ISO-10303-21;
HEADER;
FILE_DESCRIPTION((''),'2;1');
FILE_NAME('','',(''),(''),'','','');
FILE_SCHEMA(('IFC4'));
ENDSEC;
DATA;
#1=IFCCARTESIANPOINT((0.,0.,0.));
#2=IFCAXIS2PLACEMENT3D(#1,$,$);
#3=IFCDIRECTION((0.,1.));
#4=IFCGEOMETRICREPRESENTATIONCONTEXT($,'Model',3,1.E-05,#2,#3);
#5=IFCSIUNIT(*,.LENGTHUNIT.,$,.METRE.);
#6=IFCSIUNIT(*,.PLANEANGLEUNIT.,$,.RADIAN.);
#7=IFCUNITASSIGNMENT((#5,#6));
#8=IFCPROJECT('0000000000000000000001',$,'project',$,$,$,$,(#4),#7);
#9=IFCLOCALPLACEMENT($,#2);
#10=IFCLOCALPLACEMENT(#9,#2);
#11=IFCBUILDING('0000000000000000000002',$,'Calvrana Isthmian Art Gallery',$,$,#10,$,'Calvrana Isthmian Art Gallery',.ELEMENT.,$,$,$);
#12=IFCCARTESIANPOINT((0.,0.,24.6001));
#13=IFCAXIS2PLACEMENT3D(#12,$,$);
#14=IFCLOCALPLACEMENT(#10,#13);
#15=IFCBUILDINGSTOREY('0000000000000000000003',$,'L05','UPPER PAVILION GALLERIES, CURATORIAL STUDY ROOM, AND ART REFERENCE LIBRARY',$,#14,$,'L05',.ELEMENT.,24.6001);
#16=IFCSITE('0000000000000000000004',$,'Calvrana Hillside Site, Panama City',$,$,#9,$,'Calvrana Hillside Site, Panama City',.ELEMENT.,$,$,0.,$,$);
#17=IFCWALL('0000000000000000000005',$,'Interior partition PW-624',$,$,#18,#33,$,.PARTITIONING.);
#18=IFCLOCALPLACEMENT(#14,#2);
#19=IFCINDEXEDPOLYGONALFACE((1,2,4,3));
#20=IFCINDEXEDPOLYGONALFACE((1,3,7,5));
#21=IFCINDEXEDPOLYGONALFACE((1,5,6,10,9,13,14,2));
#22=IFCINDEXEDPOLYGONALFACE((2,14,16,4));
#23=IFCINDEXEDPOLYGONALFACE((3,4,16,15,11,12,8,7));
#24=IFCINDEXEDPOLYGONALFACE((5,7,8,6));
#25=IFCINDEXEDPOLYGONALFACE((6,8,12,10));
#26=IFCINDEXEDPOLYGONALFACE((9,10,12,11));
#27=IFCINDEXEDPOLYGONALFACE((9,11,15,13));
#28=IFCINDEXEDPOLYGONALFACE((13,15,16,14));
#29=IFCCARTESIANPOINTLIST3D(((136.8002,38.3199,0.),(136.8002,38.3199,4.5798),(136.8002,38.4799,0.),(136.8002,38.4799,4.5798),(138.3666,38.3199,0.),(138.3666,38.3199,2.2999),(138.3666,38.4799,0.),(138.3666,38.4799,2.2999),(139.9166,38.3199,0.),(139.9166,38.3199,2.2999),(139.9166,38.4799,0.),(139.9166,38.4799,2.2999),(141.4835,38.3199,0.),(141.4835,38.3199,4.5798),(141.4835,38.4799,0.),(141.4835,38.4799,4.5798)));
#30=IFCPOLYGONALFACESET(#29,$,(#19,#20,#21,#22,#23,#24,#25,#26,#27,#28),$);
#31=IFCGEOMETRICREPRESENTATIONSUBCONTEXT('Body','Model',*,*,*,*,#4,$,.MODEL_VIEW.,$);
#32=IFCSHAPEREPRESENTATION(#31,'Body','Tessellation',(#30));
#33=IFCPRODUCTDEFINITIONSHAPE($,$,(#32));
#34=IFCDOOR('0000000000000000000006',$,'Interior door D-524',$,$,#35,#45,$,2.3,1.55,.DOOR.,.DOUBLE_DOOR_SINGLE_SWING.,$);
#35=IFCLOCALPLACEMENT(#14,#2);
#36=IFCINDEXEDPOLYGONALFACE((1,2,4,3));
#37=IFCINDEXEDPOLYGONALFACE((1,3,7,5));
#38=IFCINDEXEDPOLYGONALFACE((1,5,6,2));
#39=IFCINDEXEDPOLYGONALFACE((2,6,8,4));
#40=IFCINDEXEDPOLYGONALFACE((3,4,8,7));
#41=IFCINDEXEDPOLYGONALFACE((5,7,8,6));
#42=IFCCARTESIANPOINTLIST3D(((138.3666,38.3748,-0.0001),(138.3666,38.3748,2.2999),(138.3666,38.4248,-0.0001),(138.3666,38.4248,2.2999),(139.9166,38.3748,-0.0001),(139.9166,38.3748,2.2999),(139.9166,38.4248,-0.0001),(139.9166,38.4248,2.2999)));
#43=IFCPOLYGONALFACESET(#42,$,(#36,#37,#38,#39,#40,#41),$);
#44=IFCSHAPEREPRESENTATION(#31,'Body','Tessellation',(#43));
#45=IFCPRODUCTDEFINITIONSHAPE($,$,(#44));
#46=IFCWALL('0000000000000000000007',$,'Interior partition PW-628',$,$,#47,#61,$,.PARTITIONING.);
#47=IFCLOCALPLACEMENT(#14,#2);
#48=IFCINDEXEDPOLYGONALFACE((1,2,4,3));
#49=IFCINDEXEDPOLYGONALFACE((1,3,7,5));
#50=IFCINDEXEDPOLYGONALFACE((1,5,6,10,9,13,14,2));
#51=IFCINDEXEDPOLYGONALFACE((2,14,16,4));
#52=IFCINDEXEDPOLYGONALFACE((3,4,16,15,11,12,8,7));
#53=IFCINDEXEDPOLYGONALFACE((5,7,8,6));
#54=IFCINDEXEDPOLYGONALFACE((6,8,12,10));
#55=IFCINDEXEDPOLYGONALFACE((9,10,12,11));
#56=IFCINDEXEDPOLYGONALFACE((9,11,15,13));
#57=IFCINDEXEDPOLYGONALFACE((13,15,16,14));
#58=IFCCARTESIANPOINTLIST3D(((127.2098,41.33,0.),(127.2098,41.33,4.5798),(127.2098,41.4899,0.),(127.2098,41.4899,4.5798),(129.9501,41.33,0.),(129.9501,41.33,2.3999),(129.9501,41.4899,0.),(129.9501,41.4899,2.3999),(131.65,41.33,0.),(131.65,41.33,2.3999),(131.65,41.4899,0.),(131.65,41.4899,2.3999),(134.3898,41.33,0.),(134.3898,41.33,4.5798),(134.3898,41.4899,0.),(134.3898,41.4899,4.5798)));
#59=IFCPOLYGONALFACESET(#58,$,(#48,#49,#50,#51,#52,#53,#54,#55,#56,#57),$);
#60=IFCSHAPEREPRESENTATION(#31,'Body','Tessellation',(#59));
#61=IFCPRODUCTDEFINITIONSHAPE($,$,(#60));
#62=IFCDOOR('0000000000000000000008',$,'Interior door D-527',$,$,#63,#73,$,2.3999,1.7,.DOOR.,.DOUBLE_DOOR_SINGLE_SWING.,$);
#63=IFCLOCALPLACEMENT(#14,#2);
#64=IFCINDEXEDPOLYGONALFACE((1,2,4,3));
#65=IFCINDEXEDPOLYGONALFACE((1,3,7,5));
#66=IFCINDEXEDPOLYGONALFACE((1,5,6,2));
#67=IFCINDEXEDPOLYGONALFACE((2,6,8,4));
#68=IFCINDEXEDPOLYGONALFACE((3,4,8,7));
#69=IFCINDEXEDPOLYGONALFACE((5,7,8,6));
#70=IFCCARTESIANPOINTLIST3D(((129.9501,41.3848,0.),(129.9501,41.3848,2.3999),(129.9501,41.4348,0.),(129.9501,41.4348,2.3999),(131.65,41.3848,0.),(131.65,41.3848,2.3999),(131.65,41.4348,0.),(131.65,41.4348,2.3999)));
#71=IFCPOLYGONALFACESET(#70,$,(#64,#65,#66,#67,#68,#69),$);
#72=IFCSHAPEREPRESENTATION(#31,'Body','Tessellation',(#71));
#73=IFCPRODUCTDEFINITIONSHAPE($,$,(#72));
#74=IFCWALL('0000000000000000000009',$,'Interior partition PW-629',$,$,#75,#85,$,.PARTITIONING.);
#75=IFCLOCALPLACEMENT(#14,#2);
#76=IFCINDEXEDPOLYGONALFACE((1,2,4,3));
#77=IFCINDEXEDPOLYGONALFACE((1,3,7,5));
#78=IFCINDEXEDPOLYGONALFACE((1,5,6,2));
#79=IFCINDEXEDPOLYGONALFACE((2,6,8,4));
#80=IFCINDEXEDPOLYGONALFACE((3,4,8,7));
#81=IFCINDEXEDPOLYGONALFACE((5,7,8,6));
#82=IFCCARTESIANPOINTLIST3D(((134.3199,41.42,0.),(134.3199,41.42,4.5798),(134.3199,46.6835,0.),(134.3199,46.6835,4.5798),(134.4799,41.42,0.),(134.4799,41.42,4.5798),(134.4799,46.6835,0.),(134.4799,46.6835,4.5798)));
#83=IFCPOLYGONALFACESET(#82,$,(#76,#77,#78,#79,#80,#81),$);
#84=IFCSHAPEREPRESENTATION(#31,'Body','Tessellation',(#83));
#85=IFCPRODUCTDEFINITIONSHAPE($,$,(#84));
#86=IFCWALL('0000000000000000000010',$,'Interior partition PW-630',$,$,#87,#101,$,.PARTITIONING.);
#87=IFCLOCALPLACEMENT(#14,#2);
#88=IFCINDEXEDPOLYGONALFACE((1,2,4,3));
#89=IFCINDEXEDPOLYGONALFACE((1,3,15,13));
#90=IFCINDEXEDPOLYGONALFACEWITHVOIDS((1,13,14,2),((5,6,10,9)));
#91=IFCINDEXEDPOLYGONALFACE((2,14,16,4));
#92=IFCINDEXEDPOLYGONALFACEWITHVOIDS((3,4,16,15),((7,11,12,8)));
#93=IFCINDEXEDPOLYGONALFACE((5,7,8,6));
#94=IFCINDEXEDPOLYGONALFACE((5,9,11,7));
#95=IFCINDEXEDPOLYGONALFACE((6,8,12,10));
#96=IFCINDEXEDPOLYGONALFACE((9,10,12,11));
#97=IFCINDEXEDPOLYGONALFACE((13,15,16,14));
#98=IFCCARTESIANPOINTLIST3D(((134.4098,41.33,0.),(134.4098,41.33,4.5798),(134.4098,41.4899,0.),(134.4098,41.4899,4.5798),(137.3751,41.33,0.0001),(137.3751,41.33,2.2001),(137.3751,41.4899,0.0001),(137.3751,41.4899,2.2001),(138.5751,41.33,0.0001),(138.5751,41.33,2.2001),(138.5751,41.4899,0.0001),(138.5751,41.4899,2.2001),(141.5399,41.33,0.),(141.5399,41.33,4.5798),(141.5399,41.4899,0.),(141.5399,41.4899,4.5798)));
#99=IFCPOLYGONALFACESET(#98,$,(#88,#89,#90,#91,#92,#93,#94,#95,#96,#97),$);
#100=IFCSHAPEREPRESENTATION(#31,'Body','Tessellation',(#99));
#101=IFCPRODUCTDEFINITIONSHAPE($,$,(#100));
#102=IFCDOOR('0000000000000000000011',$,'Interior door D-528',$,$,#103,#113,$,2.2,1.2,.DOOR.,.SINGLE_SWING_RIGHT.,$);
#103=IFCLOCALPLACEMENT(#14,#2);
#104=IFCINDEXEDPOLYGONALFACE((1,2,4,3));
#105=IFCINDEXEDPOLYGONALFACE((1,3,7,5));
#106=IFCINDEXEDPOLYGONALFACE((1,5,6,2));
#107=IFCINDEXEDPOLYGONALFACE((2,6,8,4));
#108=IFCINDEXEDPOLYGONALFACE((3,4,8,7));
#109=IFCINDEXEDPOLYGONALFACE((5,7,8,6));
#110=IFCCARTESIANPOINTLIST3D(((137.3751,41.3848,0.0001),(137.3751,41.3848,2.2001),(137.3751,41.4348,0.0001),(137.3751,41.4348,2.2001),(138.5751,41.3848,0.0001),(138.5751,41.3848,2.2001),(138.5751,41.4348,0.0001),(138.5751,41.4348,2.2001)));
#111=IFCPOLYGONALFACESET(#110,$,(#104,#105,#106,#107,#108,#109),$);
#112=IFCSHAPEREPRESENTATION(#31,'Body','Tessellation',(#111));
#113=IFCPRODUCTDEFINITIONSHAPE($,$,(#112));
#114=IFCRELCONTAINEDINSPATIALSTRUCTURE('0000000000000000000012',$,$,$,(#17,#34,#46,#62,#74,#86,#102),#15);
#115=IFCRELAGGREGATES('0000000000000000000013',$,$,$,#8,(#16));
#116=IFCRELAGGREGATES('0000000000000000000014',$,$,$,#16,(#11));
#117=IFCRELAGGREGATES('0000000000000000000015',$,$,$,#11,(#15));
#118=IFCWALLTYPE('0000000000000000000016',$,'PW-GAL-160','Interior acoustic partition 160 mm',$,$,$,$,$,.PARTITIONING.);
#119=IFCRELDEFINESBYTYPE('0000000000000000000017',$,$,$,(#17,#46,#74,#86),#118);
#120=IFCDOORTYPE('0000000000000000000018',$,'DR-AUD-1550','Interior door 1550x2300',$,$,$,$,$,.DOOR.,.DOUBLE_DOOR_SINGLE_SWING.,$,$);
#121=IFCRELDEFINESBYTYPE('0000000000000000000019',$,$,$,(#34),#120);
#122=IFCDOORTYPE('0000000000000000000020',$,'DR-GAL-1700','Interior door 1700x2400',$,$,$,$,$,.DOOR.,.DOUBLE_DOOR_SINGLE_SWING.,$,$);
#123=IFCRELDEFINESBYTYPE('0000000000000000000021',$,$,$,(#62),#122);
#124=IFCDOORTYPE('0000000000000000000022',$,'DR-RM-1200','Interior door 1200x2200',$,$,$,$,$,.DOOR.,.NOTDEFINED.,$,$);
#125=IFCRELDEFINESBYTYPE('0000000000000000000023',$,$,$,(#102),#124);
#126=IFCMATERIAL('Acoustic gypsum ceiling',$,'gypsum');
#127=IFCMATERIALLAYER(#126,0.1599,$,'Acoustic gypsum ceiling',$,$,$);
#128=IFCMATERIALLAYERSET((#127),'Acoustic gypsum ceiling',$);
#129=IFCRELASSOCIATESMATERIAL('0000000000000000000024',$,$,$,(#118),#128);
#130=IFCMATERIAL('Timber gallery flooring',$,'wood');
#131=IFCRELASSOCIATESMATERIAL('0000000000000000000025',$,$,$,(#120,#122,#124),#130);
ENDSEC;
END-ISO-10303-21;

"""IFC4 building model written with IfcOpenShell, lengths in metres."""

from ifc_helpers import new_model, si_unit, direction, frame, frame_2d, origin, place, context, subcontext, project, spatial, rectangle, extrude, material, layer, layer_set, type_object, element, fill, save


model = new_model("IFC4")

# Units and contexts
model_context = context("Model", 3, precision=1e-05, world=origin(), true_north=direction((0.0, 1.0)))
body_context = subcontext(model_context, "Body", "Model", "MODEL_VIEW")
ifc_project = project(units=[si_unit("LENGTHUNIT", "METRE"), si_unit("PLANEANGLEUNIT", "RADIAN")], contexts=[model_context])

# Site, building, storey
site_placement = place(None, origin())
site = spatial("IfcSite", under=ifc_project, at=site_placement, Name="Calvrana Hillside Site, Panama City", LongName="Calvrana Hillside Site, Panama City", CompositionType="ELEMENT", RefElevation=0.0)
building_placement = place(site_placement, origin())
building = spatial("IfcBuilding", under=site, at=building_placement, Name="Calvrana Isthmian Art Gallery", LongName="Calvrana Isthmian Art Gallery", CompositionType="ELEMENT")
storey_placement = place(building_placement, frame((0.0, 0.0, 24.6001)))
storey = spatial("IfcBuildingStorey", under=building, at=storey_placement, Name="L05", Description="UPPER PAVILION GALLERIES, CURATORIAL STUDY ROOM, AND ART REFERENCE LIBRARY", LongName="L05", CompositionType="ELEMENT", Elevation=24.6001)

# Walls, openings, doors
ifc_material_1 = material(Name="Acoustic gypsum ceiling", Category="gypsum")
ifc_layer_1 = layer(ifc_material_1, 0.1599, Name="Acoustic gypsum ceiling")
ifc_layer_set_1 = layer_set([ifc_layer_1], Name="Acoustic gypsum ceiling")
wall_type_1 = type_object("IfcWallType", Name="PW-GAL-160", Description="Interior acoustic partition 160 mm", PredefinedType="PARTITIONING", material=ifc_layer_set_1)
wall_1_placement = place(storey_placement, frame((136.8, 38.3999, 0.0), z_axis=(0.0, 0.0, 1.0), x_axis=(1.0, 0.0, 0.0)))
wall_1 = element("IfcWall", 1, at=wall_1_placement, inside=storey, type_object=wall_type_1, Name="Interior partition PW-624", PredefinedType="PARTITIONING", context=body_context, shape_type="SweptSolid", body=[
    extrude(rectangle(XDim=4.6833, YDim=0.1599, at=frame_2d((2.3418, 0.0))), origin(), (0.0, 0.0, 1.0), 4.5798),
])
opening_1_placement = place(wall_1_placement, frame((1.5667, 0.0, 0.0)))
opening_1 = element("IfcOpeningElement", 2, at=opening_1_placement, cuts=wall_1, PredefinedType="OPENING", context=body_context, shape_type="SweptSolid", body=[
    extrude(rectangle(XDim=1.55, YDim=2.3, at=frame_2d((0.7749, 1.1499))), frame((0.0, 0.0903, 0.0), z_axis=(0.0, -1.0, 0.0), x_axis=(1.0, 0.0, 0.0)), (0.0, 0.0, 1.0), 0.1804),
])
ifc_material_2 = material(Name="Timber gallery flooring", Category="wood")
door_type_1 = type_object("IfcDoorType", Name="DR-AUD-1550", Description="Interior door 1550x2300", OperationType="DOUBLE_DOOR_SINGLE_SWING", PredefinedType="DOOR", material=ifc_material_2)
door_1_placement = place(opening_1_placement, origin())
door_1 = element("IfcDoor", 3, at=door_1_placement, inside=storey, type_object=door_type_1, Name="Interior door D-524", OperationType="DOUBLE_DOOR_SINGLE_SWING", OverallHeight=2.3, OverallWidth=1.55, PredefinedType="DOOR", context=body_context, shape_type="SweptSolid", body=[
    extrude(rectangle(XDim=1.55, YDim=2.3, at=frame_2d((0.7749, 1.1499))), frame((0.0, 0.0249, 0.0), z_axis=(0.0, -1.0, 0.0), x_axis=(1.0, 0.0, 0.0)), (0.0, 0.0, 1.0), 0.05),
])
fill(opening_1, door_1)
wall_2_placement = place(storey_placement, frame((127.21, 41.4099, 0.0), z_axis=(0.0, 0.0, 1.0), x_axis=(1.0, 0.0, 0.0)))
wall_2 = element("IfcWall", 4, at=wall_2_placement, inside=storey, type_object=wall_type_1, Name="Interior partition PW-628", PredefinedType="PARTITIONING", context=body_context, shape_type="SweptSolid", body=[
    extrude(rectangle(XDim=7.1799, YDim=0.1599, at=frame_2d((3.5898, 0.0))), origin(), (0.0, 0.0, 1.0), 4.5798),
])
opening_2_placement = place(wall_2_placement, frame((2.74, 0.0, 0.0)))
opening_2 = element("IfcOpeningElement", 5, at=opening_2_placement, cuts=wall_2, PredefinedType="OPENING", context=body_context, shape_type="SweptSolid", body=[
    extrude(rectangle(XDim=1.7, YDim=2.3999, at=frame_2d((0.8501, 1.2))), frame((0.0, 0.0903, 0.0), z_axis=(0.0, -1.0, 0.0), x_axis=(1.0, 0.0, 0.0)), (0.0, 0.0, 1.0), 0.1804),
])
door_type_2 = type_object("IfcDoorType", Name="DR-GAL-1700", Description="Interior door 1700x2400", OperationType="DOUBLE_DOOR_SINGLE_SWING", PredefinedType="DOOR", material=ifc_material_2)
door_2_placement = place(opening_2_placement, origin())
door_2 = element("IfcDoor", 6, at=door_2_placement, inside=storey, type_object=door_type_2, Name="Interior door D-527", OperationType="DOUBLE_DOOR_SINGLE_SWING", OverallHeight=2.3999, OverallWidth=1.7, PredefinedType="DOOR", context=body_context, shape_type="SweptSolid", body=[
    extrude(rectangle(XDim=1.7, YDim=2.3999, at=frame_2d((0.8501, 1.2))), frame((0.0, 0.0249, 0.0), z_axis=(0.0, -1.0, 0.0), x_axis=(1.0, 0.0, 0.0)), (0.0, 0.0, 1.0), 0.05),
])
fill(opening_2, door_2)

# Wall
wall_3_placement = place(storey_placement, frame((134.3999, 41.4199, 0.0), z_axis=(0.0, 0.0, 1.0), x_axis=(0.0, 1.0, 0.0)))
element("IfcWall", 7, at=wall_3_placement, inside=storey, type_object=wall_type_1, Name="Interior partition PW-629", PredefinedType="PARTITIONING", context=body_context, shape_type="SweptSolid", body=[
    extrude(rectangle(XDim=5.2634, YDim=0.1599, at=frame_2d((2.6318, 0.0))), origin(), (0.0, 0.0, 1.0), 4.5798),
])

# Wall, opening, door
wall_4_placement = place(storey_placement, frame((134.4099, 41.4099, 0.0), z_axis=(0.0, 0.0, 1.0), x_axis=(1.0, 0.0, 0.0)))
wall_4 = element("IfcWall", 8, at=wall_4_placement, inside=storey, type_object=wall_type_1, Name="Interior partition PW-630", PredefinedType="PARTITIONING", context=body_context, shape_type="SweptSolid", body=[
    extrude(rectangle(XDim=7.1301, YDim=0.1599, at=frame_2d((3.5649, 0.0))), origin(), (0.0, 0.0, 1.0), 4.5798),
])
opening_3_placement = place(wall_4_placement, frame((2.9651, 0.0, 0.0)))
opening_3 = element("IfcOpeningElement", 9, at=opening_3_placement, cuts=wall_4, PredefinedType="OPENING", context=body_context, shape_type="SweptSolid", body=[
    extrude(rectangle(XDim=1.2, YDim=2.2, at=frame_2d((0.6001, 1.1001))), frame((0.0, 0.0903, 0.0), z_axis=(0.0, -1.0, 0.0), x_axis=(1.0, 0.0, 0.0)), (0.0, 0.0, 1.0), 0.1804),
])
door_type_3 = type_object("IfcDoorType", Name="DR-RM-1200", Description="Interior door 1200x2200", OperationType="NOTDEFINED", PredefinedType="DOOR", material=ifc_material_2)
door_3_placement = place(opening_3_placement, origin())
door_3 = element("IfcDoor", 10, at=door_3_placement, inside=storey, type_object=door_type_3, Name="Interior door D-528", OperationType="SINGLE_SWING_RIGHT", OverallHeight=2.2, OverallWidth=1.2, PredefinedType="DOOR", context=body_context, shape_type="SweptSolid", body=[
    extrude(rectangle(XDim=1.2, YDim=2.2, at=frame_2d((0.6001, 1.1001))), frame((0.0, 0.0249, 0.0), z_axis=(0.0, -1.0, 0.0), x_axis=(1.0, 0.0, 0.0)), (0.0, 0.0, 1.0), 0.05),
])
fill(opening_3, door_3)

save(model, "model.ifc")
